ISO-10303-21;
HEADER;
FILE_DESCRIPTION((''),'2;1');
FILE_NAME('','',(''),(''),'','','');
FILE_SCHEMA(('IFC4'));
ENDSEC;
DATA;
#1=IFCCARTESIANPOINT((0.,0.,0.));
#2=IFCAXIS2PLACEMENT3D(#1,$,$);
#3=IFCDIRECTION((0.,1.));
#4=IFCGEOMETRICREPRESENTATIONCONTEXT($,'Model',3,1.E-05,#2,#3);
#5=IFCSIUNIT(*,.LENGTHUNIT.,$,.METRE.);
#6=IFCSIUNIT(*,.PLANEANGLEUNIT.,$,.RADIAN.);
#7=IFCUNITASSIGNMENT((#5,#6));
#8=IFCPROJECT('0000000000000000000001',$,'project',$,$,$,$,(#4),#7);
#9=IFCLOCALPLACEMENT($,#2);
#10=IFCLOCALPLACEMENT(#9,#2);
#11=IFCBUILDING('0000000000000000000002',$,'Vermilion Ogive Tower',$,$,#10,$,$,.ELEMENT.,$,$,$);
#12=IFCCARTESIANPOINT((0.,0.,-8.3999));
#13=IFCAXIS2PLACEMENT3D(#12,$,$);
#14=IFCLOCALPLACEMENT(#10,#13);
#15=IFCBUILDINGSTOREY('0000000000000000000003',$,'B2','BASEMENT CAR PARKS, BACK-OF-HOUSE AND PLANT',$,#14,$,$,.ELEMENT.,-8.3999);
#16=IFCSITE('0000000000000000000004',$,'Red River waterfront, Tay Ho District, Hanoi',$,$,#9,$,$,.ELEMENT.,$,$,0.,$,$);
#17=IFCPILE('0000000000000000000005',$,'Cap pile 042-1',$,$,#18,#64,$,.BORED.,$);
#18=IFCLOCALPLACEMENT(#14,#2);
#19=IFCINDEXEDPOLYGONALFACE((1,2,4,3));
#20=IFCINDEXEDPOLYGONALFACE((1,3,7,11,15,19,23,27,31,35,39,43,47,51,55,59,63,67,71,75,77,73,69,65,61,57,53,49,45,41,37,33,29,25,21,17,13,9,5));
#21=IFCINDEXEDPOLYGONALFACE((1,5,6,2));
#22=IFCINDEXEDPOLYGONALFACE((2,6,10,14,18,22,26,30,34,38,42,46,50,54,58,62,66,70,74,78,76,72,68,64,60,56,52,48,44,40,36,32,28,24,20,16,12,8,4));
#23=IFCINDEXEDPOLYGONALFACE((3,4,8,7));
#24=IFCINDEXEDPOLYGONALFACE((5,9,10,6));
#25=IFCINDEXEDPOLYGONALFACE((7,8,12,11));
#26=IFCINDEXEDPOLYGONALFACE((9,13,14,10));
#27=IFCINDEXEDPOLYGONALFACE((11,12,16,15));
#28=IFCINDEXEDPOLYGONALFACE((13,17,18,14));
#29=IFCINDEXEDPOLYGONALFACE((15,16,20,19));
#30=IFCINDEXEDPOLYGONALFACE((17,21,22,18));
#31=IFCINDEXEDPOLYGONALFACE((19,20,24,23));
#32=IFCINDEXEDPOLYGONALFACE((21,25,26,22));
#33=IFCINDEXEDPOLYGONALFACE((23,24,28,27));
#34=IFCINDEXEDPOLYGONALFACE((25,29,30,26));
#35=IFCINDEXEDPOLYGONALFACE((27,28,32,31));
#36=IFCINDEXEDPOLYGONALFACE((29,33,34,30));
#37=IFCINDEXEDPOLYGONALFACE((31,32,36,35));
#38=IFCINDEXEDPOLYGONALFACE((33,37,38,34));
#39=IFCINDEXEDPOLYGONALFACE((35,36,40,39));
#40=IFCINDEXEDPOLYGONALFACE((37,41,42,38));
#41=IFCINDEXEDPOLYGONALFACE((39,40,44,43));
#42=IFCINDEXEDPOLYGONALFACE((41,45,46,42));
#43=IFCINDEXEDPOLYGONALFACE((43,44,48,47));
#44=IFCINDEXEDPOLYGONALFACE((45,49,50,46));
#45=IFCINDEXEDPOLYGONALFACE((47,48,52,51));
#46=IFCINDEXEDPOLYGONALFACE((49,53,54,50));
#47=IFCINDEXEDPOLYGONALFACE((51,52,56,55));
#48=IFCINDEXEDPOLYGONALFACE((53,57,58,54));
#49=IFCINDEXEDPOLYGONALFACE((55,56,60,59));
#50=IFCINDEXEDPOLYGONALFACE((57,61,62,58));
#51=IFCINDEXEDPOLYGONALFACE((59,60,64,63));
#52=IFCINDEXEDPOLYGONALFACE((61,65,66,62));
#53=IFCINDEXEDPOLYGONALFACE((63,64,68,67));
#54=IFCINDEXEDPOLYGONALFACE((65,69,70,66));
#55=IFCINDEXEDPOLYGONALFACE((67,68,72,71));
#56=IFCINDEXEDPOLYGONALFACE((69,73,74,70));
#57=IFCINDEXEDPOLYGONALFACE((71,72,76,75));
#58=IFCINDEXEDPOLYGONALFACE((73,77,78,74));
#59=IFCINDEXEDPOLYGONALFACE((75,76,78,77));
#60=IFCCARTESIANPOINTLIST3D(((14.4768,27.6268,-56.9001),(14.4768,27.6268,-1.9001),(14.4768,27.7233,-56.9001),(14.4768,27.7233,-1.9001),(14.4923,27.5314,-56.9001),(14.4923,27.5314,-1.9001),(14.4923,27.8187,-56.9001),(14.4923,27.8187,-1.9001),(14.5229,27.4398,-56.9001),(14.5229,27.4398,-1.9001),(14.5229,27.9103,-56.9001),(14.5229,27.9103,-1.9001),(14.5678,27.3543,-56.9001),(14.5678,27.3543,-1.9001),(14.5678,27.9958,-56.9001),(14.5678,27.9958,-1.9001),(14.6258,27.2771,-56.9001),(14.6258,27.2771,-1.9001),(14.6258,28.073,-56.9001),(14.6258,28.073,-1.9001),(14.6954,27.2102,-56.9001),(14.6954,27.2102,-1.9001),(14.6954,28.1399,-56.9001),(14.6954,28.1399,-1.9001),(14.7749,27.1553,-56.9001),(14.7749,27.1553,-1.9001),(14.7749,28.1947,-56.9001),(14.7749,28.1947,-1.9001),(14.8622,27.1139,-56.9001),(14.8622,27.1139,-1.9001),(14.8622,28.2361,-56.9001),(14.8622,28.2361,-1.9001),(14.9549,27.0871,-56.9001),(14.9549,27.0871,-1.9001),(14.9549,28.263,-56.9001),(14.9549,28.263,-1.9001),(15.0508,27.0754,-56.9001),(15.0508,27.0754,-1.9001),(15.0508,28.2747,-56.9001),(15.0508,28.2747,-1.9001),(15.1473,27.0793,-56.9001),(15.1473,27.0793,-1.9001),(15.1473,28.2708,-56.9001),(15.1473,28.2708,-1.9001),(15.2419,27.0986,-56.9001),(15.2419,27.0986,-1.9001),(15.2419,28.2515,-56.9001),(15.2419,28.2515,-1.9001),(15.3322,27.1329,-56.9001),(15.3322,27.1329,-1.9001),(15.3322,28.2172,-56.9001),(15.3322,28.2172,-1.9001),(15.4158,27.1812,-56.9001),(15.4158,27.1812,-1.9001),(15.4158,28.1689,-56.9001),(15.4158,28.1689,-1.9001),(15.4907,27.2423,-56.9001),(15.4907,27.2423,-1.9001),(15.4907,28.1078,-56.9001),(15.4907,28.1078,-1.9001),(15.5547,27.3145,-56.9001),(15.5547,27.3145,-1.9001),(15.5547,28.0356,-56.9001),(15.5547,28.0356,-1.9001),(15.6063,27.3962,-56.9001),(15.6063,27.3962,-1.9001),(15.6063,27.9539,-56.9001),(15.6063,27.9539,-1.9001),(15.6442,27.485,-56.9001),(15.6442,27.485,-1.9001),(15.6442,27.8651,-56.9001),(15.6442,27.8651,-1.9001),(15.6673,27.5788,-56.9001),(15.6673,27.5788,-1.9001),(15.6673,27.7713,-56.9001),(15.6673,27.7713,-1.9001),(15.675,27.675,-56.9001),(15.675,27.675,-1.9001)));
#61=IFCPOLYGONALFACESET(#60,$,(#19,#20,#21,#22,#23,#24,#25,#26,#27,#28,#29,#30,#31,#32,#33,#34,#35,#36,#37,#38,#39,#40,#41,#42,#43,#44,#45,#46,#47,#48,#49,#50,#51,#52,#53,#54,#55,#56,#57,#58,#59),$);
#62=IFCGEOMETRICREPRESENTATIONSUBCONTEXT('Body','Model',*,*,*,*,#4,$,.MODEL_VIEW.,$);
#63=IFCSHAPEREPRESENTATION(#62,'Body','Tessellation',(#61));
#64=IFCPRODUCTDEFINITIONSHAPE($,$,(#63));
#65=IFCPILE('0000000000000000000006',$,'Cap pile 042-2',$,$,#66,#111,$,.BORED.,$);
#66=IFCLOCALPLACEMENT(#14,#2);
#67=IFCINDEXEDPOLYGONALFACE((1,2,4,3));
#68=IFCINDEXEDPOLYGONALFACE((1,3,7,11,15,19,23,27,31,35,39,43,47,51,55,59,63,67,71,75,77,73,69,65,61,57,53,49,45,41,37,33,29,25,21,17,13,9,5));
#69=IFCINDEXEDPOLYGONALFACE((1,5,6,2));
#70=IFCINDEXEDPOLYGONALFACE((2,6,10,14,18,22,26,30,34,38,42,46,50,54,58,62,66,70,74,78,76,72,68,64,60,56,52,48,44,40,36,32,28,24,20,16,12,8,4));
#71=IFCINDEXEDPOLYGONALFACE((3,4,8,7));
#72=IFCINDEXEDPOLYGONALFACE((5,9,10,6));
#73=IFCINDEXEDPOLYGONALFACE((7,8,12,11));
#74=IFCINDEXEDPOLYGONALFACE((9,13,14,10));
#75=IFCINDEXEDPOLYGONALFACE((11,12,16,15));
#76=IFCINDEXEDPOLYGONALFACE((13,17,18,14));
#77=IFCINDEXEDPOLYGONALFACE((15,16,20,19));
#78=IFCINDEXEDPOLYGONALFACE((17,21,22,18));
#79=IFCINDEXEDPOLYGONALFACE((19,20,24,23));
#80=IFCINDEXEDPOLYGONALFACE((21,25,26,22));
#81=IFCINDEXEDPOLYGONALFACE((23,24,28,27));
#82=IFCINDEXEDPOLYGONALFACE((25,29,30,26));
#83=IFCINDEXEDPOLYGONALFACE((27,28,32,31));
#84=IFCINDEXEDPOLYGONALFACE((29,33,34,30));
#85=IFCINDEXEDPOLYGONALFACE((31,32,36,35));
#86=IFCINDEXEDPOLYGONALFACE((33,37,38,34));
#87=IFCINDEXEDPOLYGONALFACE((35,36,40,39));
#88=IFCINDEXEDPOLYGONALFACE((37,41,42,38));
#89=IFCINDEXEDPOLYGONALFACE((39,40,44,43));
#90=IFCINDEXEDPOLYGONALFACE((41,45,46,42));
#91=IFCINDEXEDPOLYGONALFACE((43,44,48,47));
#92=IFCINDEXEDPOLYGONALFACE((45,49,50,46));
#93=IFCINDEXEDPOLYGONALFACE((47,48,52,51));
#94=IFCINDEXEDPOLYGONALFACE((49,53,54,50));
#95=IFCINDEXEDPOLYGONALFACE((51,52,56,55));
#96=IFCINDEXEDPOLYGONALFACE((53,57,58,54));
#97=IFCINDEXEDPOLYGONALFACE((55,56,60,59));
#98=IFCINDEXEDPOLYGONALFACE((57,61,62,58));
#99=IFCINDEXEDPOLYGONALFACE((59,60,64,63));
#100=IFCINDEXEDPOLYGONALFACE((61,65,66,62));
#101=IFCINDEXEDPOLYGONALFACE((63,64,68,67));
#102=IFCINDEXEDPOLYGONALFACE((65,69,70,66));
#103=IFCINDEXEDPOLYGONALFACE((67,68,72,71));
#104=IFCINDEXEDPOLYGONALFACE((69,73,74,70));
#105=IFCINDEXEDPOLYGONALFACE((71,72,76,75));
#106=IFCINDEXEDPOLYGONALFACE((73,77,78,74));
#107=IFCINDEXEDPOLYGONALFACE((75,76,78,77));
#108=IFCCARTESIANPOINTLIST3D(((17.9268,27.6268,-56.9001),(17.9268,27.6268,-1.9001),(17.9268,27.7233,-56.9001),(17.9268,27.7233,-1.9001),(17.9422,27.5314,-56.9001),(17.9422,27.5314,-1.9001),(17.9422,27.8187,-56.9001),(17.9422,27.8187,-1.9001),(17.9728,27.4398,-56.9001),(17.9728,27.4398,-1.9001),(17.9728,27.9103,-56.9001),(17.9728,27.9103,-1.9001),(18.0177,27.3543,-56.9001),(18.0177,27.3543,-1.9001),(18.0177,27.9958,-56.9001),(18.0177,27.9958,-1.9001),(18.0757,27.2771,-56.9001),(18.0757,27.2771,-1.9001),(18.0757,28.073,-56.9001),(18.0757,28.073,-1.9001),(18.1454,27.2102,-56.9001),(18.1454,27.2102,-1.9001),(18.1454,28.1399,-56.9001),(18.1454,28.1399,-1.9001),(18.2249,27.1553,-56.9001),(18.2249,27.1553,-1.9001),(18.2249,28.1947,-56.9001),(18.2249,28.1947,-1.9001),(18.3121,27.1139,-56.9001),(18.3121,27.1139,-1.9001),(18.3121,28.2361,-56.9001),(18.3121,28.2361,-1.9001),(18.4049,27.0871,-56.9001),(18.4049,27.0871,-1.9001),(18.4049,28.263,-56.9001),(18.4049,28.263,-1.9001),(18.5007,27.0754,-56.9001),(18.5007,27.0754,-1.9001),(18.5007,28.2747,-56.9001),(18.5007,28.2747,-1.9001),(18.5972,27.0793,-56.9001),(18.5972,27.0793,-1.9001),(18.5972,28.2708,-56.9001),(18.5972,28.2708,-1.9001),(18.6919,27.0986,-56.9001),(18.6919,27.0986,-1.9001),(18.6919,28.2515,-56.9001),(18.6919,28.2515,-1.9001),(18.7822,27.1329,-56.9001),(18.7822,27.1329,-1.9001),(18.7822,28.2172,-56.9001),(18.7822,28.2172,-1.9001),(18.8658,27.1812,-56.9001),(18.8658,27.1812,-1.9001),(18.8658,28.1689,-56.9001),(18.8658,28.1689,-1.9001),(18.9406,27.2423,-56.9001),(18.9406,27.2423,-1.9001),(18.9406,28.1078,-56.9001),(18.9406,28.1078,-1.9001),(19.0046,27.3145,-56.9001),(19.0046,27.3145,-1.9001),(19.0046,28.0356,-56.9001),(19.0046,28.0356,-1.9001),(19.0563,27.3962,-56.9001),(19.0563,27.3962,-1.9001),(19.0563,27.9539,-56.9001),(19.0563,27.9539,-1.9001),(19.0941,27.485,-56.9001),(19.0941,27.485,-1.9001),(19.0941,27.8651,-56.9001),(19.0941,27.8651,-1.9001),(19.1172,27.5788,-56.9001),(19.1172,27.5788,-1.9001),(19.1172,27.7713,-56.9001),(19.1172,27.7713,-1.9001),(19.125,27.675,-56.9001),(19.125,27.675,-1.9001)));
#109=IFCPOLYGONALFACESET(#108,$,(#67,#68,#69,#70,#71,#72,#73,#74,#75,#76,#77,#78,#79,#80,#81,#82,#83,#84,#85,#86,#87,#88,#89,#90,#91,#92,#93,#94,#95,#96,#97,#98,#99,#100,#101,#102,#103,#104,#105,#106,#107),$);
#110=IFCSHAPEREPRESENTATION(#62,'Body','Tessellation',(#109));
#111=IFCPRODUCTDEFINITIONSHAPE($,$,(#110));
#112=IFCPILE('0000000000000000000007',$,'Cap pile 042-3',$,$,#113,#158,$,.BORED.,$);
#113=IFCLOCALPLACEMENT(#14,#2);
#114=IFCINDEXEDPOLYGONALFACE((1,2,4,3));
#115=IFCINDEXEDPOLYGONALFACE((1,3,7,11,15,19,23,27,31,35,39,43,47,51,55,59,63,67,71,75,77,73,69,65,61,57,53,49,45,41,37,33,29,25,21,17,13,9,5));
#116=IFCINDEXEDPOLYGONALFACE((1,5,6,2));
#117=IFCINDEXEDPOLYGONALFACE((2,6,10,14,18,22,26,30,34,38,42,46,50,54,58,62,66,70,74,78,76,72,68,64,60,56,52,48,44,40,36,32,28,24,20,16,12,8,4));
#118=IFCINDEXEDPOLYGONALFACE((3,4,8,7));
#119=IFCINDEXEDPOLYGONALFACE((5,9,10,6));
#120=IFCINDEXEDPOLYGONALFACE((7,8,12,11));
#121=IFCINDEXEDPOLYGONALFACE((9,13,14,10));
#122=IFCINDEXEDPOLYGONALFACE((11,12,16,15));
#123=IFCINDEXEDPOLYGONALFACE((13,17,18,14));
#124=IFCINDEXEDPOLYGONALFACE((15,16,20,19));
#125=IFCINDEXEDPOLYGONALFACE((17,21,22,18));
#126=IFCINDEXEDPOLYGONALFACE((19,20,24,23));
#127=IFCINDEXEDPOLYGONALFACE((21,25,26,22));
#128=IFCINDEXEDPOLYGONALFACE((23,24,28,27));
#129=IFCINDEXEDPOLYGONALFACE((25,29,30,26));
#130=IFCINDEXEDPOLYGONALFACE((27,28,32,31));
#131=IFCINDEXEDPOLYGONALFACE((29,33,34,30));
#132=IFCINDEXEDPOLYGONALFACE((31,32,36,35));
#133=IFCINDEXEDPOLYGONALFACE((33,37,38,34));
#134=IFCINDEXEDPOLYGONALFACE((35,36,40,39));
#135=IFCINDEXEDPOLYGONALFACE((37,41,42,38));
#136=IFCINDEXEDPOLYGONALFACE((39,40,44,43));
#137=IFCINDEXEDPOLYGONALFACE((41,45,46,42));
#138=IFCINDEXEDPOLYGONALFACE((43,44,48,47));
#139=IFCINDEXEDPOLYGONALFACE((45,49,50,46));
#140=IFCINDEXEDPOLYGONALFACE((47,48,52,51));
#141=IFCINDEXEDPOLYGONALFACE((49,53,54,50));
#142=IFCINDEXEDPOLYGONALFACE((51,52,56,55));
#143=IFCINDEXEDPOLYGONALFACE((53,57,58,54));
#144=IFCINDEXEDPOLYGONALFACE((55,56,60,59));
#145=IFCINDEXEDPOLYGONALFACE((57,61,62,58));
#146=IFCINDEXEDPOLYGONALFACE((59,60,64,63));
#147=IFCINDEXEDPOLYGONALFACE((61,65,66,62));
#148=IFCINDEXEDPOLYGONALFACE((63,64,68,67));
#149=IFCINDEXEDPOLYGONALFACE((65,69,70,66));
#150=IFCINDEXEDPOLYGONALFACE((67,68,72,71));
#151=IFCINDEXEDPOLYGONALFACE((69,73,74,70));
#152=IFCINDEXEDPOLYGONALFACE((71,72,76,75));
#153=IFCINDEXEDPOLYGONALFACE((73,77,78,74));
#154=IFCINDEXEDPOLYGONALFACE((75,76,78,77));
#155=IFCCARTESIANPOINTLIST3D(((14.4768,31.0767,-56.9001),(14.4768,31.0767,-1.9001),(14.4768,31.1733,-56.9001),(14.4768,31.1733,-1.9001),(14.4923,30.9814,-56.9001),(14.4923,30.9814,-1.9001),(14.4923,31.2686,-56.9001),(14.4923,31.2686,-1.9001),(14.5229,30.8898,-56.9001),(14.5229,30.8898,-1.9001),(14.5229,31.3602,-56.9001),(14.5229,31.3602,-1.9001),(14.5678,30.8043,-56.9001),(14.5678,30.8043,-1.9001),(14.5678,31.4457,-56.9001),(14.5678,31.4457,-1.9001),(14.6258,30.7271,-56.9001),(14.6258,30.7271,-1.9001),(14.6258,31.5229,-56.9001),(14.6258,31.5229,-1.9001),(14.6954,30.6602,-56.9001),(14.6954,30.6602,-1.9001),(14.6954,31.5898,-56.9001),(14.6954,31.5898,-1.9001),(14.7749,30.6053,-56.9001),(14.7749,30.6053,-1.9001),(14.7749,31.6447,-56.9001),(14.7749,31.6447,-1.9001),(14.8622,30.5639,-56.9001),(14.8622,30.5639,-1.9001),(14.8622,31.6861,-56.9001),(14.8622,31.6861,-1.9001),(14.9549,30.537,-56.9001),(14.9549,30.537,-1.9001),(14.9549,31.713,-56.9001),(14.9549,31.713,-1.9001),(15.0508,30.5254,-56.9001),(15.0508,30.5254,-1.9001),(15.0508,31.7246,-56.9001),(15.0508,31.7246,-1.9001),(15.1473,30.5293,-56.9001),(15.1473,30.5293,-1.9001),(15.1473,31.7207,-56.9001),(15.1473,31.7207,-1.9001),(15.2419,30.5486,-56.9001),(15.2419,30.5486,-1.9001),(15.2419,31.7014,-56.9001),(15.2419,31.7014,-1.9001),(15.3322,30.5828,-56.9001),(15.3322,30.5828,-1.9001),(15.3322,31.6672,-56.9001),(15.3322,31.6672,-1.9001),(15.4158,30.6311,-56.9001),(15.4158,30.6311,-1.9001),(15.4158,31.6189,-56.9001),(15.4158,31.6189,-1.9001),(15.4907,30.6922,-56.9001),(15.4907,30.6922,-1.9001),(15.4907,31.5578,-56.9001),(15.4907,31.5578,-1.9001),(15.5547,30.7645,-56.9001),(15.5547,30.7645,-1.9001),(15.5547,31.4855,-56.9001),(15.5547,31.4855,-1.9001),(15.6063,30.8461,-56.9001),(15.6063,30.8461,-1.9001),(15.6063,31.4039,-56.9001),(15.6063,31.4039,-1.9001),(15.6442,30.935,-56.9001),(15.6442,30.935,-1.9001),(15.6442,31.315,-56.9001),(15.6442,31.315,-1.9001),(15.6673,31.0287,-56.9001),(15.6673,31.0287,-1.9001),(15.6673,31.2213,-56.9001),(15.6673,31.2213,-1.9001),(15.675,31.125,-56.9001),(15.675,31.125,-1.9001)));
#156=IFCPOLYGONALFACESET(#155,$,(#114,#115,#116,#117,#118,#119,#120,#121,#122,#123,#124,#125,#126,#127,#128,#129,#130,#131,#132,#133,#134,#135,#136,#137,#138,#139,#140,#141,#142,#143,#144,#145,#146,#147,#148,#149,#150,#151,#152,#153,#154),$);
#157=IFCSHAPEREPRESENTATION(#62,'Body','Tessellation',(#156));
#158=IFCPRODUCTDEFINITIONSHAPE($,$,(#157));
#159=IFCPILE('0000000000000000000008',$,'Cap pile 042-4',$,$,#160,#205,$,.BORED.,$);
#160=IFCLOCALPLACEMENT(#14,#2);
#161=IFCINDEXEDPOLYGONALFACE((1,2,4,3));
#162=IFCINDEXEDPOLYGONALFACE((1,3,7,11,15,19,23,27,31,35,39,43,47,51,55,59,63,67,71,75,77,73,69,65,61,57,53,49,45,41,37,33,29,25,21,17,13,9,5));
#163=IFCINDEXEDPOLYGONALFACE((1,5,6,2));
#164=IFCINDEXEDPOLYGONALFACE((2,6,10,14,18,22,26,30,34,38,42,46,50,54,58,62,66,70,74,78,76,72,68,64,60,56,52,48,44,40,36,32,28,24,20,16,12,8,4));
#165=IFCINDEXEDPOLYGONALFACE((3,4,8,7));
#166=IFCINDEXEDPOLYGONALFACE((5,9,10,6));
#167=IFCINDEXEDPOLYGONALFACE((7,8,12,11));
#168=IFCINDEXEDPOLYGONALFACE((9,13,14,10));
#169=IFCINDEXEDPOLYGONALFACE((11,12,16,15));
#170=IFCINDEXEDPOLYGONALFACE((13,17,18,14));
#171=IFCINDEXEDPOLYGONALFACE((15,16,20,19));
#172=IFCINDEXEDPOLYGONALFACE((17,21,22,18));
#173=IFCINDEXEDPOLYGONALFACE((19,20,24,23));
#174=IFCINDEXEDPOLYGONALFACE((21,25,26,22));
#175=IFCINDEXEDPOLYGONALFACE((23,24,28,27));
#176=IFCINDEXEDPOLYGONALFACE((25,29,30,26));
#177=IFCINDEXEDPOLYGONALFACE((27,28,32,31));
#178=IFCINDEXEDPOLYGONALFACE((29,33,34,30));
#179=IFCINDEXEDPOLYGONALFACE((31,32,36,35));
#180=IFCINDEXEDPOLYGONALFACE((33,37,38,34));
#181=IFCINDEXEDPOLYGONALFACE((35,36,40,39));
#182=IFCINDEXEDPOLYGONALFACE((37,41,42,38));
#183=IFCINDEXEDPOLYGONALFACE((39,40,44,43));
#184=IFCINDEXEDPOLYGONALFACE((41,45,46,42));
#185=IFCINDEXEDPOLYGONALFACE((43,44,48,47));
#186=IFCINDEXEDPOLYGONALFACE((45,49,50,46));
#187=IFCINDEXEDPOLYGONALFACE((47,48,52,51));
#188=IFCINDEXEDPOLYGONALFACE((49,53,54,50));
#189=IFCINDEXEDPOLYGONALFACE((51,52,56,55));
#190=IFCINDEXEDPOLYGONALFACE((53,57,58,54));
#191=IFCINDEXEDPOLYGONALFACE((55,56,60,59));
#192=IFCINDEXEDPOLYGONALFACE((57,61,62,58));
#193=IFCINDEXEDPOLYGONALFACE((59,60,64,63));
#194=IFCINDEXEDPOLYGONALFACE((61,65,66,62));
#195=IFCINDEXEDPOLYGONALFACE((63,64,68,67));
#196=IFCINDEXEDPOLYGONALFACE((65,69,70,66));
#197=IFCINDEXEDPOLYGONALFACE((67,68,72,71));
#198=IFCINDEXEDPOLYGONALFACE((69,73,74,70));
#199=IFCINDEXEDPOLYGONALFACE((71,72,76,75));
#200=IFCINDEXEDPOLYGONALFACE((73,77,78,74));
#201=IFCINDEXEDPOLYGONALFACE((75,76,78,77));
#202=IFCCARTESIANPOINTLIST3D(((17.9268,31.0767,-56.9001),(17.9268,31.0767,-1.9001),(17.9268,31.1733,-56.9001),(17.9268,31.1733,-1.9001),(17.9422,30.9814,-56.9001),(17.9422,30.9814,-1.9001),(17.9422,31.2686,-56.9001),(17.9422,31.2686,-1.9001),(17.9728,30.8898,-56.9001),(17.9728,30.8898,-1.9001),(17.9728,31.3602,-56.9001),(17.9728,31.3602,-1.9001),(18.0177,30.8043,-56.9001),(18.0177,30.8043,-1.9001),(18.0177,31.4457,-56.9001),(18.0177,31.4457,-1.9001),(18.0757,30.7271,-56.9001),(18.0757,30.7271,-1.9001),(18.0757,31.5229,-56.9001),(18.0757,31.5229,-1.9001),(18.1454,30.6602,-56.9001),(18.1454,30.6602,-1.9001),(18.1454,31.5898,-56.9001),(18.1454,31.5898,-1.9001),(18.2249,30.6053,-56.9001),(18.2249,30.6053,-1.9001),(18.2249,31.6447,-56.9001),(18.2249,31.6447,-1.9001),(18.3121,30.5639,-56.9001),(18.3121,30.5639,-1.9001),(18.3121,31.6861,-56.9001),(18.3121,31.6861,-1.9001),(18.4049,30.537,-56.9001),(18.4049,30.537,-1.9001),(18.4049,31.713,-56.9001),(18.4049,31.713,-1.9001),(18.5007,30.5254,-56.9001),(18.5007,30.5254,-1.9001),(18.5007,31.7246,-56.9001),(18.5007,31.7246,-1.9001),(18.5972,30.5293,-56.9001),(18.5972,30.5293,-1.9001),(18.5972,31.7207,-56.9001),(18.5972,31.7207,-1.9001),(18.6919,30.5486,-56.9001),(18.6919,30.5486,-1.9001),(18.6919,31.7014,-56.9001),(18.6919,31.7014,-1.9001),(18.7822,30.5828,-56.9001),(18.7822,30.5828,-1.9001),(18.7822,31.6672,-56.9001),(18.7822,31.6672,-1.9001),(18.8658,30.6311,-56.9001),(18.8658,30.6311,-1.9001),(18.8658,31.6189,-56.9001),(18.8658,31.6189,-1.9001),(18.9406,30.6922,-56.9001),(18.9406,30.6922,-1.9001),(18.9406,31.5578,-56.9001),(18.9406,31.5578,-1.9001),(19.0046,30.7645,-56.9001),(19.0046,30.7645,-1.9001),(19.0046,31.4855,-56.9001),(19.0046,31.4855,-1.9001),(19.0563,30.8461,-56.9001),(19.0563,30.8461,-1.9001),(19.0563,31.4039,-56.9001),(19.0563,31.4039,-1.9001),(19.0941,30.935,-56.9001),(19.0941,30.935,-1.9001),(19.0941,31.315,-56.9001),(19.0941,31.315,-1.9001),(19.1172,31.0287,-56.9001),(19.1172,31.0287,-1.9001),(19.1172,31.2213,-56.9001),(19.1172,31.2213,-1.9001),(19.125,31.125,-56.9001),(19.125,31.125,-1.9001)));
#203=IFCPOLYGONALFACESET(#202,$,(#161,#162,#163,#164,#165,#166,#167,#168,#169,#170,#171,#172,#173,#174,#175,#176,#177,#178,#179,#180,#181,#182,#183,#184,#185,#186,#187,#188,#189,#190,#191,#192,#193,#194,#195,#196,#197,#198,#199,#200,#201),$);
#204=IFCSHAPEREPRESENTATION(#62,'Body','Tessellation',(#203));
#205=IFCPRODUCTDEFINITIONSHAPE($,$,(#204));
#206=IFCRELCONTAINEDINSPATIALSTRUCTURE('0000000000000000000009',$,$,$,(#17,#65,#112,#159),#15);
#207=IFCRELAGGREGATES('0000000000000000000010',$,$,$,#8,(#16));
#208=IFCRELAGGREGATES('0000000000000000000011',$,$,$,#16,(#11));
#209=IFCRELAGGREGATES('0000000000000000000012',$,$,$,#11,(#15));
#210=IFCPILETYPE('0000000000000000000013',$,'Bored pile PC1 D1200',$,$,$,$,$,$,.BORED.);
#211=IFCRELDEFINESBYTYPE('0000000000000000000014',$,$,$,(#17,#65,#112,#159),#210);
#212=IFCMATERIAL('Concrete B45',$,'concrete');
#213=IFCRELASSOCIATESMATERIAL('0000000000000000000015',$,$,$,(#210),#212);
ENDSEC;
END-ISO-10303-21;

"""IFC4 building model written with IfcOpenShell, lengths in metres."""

from ifc_helpers import new_model, si_unit, direction, frame, origin, origin_2d, place, context, subcontext, project, spatial, circle, extrude, material, type_object, element, save


model = new_model("IFC4")

# Units and contexts
model_context = context("Model", 3, precision=1e-05, world=origin(), true_north=direction((0.0, 1.0)))
body_context = subcontext(model_context, "Body", "Model", "MODEL_VIEW")
ifc_project = project(units=[si_unit("LENGTHUNIT", "METRE"), si_unit("PLANEANGLEUNIT", "RADIAN")], contexts=[model_context])

# Site, building, storey
site_placement = place(None, origin())
site = spatial("IfcSite", under=ifc_project, at=site_placement, Name="Red River waterfront, Tay Ho District, Hanoi", CompositionType="ELEMENT", RefElevation=0.0)
building_placement = place(site_placement, origin())
building = spatial("IfcBuilding", under=site, at=building_placement, Name="Vermilion Ogive Tower", CompositionType="ELEMENT")
storey_placement = place(building_placement, frame((0.0, 0.0, -8.3999)))
storey = spatial("IfcBuildingStorey", under=building, at=storey_placement, Name="B2", Description="BASEMENT CAR PARKS, BACK-OF-HOUSE AND PLANT", CompositionType="ELEMENT", Elevation=-8.3999)

# Piles
ifc_material_1 = material(Name="Concrete B45", Category="concrete")
pile_type = type_object("IfcPileType", Name="Bored pile PC1 D1200", PredefinedType="BORED", material=ifc_material_1)
for number, where, z_axis, x_axis, name in (
    (1, (15.075, 27.675, -1.9001), (0.0, 0.0, -1.0), (1.0, 0.0, 0.0), "Cap pile 042-1"),
    (2, (18.5249, 27.675, -1.9001), (0.0, 0.0, -1.0), (1.0, 0.0, 0.0), "Cap pile 042-2"),
    (3, (15.075, 31.125, -1.9001), (0.0, 0.0, -1.0), (1.0, 0.0, 0.0), "Cap pile 042-3"),
    (4, (18.5249, 31.125, -1.9001), (0.0, 0.0, -1.0), (1.0, 0.0, 0.0), "Cap pile 042-4"),
):
    element("IfcPile", number, at=place(storey_placement, frame(where, z_axis=z_axis, x_axis=x_axis)), inside=storey, type_object=pile_type, Name=name, PredefinedType="BORED", context=body_context, shape_type="SweptSolid", body=[
        extrude(circle(Radius=0.6001, at=origin_2d()), origin(), (0.0, 0.0, 1.0), 55.0),
    ])

save(model, "model.ifc")
